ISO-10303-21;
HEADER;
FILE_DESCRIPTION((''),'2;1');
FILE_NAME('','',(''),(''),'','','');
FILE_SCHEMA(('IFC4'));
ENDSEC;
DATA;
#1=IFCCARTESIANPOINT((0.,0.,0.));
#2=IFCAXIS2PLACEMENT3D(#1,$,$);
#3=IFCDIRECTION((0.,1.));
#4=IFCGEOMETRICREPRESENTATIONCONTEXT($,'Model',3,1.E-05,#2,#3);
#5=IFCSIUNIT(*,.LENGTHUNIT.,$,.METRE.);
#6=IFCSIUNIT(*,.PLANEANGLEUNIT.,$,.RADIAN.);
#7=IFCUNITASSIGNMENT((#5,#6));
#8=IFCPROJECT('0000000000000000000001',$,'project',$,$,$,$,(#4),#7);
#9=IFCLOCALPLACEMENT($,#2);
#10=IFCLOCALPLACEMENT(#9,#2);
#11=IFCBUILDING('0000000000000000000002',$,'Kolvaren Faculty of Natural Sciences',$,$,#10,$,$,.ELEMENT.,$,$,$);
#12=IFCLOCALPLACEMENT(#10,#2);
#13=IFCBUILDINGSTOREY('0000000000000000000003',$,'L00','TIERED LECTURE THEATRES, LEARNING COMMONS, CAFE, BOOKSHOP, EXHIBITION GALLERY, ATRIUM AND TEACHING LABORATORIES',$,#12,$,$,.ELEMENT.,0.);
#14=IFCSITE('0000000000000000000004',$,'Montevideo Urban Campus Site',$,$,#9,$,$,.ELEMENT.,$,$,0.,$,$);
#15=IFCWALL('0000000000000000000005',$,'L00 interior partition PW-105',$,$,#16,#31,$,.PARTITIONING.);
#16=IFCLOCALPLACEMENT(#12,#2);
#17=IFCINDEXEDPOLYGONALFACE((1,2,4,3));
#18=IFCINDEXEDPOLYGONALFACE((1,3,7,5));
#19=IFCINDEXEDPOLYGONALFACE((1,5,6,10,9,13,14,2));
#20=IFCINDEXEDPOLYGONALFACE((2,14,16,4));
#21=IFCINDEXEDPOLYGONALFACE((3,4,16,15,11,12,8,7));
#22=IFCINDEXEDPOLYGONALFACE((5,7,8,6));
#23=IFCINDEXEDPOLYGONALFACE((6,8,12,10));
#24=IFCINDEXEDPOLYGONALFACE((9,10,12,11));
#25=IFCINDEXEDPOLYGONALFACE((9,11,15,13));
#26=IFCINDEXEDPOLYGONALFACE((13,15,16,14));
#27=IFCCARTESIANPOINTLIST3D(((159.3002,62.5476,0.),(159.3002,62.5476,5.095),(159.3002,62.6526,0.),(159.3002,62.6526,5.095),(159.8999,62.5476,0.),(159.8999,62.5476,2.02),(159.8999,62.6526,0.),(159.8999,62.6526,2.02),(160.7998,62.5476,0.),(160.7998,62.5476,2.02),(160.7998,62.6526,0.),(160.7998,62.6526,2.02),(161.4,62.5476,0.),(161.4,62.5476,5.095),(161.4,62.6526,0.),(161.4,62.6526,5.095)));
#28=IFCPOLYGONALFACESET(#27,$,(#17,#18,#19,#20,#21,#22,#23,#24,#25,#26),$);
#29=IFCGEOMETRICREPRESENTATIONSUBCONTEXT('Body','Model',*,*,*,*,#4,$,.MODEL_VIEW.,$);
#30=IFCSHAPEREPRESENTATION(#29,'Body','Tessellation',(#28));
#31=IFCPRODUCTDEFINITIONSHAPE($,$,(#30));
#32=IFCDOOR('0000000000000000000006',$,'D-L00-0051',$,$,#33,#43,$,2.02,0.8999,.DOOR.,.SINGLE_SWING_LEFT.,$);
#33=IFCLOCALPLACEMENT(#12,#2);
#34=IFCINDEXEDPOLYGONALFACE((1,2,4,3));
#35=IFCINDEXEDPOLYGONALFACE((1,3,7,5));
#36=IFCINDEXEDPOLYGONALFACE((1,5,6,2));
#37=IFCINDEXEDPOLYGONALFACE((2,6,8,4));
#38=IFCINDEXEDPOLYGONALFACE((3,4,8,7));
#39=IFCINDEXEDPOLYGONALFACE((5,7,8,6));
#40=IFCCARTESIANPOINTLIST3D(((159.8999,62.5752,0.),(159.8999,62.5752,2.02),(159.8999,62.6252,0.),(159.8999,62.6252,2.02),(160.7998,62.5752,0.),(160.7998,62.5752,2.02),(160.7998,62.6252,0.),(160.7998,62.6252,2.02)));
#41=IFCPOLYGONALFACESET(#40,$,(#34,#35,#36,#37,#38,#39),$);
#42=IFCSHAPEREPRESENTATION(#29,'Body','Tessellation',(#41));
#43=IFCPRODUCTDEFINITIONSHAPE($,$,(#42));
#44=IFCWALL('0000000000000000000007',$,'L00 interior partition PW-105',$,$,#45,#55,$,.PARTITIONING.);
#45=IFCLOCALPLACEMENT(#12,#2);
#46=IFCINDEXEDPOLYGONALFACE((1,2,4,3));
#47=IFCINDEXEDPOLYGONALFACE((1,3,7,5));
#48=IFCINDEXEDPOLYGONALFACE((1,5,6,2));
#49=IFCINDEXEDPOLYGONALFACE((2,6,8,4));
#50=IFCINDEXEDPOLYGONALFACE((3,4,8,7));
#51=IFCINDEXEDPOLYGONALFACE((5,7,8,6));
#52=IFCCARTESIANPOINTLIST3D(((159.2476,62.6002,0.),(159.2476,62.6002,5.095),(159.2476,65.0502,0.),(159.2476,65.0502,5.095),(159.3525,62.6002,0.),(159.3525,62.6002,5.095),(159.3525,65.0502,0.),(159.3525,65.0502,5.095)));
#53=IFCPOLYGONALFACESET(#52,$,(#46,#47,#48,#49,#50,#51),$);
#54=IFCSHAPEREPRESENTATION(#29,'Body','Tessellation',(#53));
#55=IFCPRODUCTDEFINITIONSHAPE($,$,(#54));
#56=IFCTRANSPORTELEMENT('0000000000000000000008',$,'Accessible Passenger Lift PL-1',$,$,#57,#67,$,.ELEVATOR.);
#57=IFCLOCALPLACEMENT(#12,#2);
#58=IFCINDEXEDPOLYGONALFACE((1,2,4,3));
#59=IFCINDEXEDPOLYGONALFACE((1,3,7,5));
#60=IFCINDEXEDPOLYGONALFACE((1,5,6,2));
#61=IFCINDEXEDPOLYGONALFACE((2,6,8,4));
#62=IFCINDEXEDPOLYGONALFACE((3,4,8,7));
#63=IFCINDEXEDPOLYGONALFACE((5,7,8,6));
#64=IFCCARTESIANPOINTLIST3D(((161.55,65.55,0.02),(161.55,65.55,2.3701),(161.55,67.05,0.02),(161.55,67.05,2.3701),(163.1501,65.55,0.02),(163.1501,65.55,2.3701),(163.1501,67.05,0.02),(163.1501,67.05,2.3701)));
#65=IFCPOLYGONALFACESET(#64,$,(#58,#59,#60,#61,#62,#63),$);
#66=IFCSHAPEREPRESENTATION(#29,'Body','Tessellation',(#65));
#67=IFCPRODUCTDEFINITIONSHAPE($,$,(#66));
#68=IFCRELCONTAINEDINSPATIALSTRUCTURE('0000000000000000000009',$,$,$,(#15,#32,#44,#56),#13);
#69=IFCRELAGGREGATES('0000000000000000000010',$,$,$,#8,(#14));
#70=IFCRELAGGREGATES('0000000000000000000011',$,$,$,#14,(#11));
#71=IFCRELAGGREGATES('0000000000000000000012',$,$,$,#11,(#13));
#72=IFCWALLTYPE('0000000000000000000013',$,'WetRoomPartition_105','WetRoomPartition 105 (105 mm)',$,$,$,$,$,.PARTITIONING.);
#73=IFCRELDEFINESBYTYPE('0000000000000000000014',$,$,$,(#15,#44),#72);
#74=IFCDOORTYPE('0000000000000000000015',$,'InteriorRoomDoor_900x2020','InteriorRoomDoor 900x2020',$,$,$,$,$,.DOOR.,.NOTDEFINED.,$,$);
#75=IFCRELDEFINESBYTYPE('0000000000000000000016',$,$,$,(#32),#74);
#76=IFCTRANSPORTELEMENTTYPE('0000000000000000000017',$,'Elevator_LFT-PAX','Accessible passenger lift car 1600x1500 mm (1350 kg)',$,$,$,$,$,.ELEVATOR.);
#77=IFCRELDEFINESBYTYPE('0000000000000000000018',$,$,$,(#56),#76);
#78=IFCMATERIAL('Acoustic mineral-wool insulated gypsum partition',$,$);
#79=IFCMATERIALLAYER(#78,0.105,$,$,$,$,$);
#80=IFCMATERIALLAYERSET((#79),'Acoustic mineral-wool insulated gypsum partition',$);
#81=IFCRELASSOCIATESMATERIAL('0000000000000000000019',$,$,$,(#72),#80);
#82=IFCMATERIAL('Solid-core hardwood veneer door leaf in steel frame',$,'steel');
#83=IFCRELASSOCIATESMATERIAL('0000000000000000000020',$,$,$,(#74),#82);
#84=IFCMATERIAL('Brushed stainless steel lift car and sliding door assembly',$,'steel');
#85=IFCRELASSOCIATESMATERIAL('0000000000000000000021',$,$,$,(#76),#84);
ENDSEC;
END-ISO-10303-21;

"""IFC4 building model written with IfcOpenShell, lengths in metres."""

from ifc_helpers import new_model, si_unit, direction, frame, frame_2d, origin, origin_2d, place, context, subcontext, project, spatial, rectangle, extrude, material, layer, layer_set, type_object, element, fill, save


model = new_model("IFC4")

# Units and contexts
model_context = context("Model", 3, precision=1e-05, world=origin(), true_north=direction((0.0, 1.0)))
body_context = subcontext(model_context, "Body", "Model", "MODEL_VIEW")
ifc_project = project(units=[si_unit("LENGTHUNIT", "METRE"), si_unit("PLANEANGLEUNIT", "RADIAN")], contexts=[model_context])

# Site, building, storey
site_placement = place(None, origin())
site = spatial("IfcSite", under=ifc_project, at=site_placement, Name="Montevideo Urban Campus Site", CompositionType="ELEMENT", RefElevation=0.0)
building_placement = place(site_placement, origin())
building = spatial("IfcBuilding", under=site, at=building_placement, Name="Kolvaren Faculty of Natural Sciences", CompositionType="ELEMENT")
storey_placement = place(building_placement, origin())
storey = spatial("IfcBuildingStorey", under=building, at=storey_placement, Name="L00", Description="TIERED LECTURE THEATRES, LEARNING COMMONS, CAFE, BOOKSHOP, EXHIBITION GALLERY, ATRIUM AND TEACHING LABORATORIES", CompositionType="ELEMENT", Elevation=0.0)

# Shared definitions
ifc_material_1 = material(Name="Acoustic mineral-wool insulated gypsum partition")

# Shared definitions
ifc_material_2 = material(Name="Brushed stainless steel lift car and sliding door assembly", Category="steel")

# Shared definitions
ifc_layer_1 = layer(ifc_material_1, 0.105)
ifc_layer_set_1 = layer_set([ifc_layer_1], Name="Acoustic mineral-wool insulated gypsum partition")
wall_type_1 = type_object("IfcWallType", Name="WetRoomPartition_105", Description="WetRoomPartition 105 (105 mm)", PredefinedType="PARTITIONING", material=ifc_layer_set_1)

# Wall, opening, door
wall_1_placement = place(storey_placement, frame((161.3999, 62.6001, 0.0), z_axis=(0.0, 0.0, 1.0), x_axis=(-1.0, 0.0, 0.0)))
wall_1 = element("IfcWall", 1, at=wall_1_placement, inside=storey, type_object=wall_type_1, Name="L00 interior partition PW-105", PredefinedType="PARTITIONING", context=body_context, shape_type="SweptSolid", body=[
    extrude(rectangle(XDim=2.0999, YDim=0.105, at=frame_2d((1.0498, 0.0))), origin(), (0.0, 0.0, 1.0), 5.095),
])
opening_1_placement = place(wall_1_placement, frame((0.6001, 0.0, 0.0)))
opening_1 = element("IfcOpeningElement", 2, at=opening_1_placement, cuts=wall_1, PredefinedType="OPENING", context=body_context, shape_type="SweptSolid", body=[
    extrude(rectangle(XDim=0.8999, YDim=2.02, at=frame_2d((0.45, 1.01))), frame((0.0, 0.0625, 0.0), z_axis=(0.0, -1.0, 0.0), x_axis=(1.0, 0.0, 0.0)), (0.0, 0.0, 1.0), 0.125),
])
ifc_material_3 = material(Name="Solid-core hardwood veneer door leaf in steel frame", Category="steel")
door_type_1 = type_object("IfcDoorType", Name="InteriorRoomDoor_900x2020", Description="InteriorRoomDoor 900x2020", OperationType="NOTDEFINED", PredefinedType="DOOR", material=ifc_material_3)
door_1_placement = place(opening_1_placement, origin())
door_1 = element("IfcDoor", 3, at=door_1_placement, inside=storey, type_object=door_type_1, Name="D-L00-0051", OperationType="SINGLE_SWING_LEFT", OverallHeight=2.02, OverallWidth=0.8999, PredefinedType="DOOR", context=body_context, shape_type="SweptSolid", body=[
    extrude(rectangle(XDim=0.8999, YDim=2.02, at=frame_2d((0.45, 1.01))), frame((0.0, 0.0249, 0.0), z_axis=(0.0, -1.0, 0.0), x_axis=(1.0, 0.0, 0.0)), (0.0, 0.0, 1.0), 0.05),
])
fill(opening_1, door_1)

# Wall
wall_2_placement = place(storey_placement, frame((159.3, 62.6001, 0.0), z_axis=(0.0, 0.0, 1.0), x_axis=(0.0, 1.0, 0.0)))
element("IfcWall", 4, at=wall_2_placement, inside=storey, type_object=wall_type_1, Name="L00 interior partition PW-105", PredefinedType="PARTITIONING", context=body_context, shape_type="SweptSolid", body=[
    extrude(rectangle(XDim=2.45, YDim=0.105, at=frame_2d((1.2251, 0.0))), origin(), (0.0, 0.0, 1.0), 5.095),
])

# Transport element
transport_element_type = type_object("IfcTransportElementType", Name="Elevator_LFT-PAX", Description="Accessible passenger lift car 1600x1500 mm (1350 kg)", PredefinedType="ELEVATOR", material=ifc_material_2)
transport_element_placement = place(storey_placement, frame((162.3501, 66.3, 0.02), z_axis=(0.0, 0.0, 1.0), x_axis=(1.0, 0.0, 0.0)))
element("IfcTransportElement", 5, at=transport_element_placement, inside=storey, type_object=transport_element_type, Name="Accessible Passenger Lift PL-1", PredefinedType="ELEVATOR", context=body_context, shape_type="SweptSolid", body=[
    extrude(rectangle(XDim=1.6001, YDim=1.5, at=origin_2d()), origin(), (0.0, 0.0, 1.0), 2.3501),
])

save(model, "model.ifc")
